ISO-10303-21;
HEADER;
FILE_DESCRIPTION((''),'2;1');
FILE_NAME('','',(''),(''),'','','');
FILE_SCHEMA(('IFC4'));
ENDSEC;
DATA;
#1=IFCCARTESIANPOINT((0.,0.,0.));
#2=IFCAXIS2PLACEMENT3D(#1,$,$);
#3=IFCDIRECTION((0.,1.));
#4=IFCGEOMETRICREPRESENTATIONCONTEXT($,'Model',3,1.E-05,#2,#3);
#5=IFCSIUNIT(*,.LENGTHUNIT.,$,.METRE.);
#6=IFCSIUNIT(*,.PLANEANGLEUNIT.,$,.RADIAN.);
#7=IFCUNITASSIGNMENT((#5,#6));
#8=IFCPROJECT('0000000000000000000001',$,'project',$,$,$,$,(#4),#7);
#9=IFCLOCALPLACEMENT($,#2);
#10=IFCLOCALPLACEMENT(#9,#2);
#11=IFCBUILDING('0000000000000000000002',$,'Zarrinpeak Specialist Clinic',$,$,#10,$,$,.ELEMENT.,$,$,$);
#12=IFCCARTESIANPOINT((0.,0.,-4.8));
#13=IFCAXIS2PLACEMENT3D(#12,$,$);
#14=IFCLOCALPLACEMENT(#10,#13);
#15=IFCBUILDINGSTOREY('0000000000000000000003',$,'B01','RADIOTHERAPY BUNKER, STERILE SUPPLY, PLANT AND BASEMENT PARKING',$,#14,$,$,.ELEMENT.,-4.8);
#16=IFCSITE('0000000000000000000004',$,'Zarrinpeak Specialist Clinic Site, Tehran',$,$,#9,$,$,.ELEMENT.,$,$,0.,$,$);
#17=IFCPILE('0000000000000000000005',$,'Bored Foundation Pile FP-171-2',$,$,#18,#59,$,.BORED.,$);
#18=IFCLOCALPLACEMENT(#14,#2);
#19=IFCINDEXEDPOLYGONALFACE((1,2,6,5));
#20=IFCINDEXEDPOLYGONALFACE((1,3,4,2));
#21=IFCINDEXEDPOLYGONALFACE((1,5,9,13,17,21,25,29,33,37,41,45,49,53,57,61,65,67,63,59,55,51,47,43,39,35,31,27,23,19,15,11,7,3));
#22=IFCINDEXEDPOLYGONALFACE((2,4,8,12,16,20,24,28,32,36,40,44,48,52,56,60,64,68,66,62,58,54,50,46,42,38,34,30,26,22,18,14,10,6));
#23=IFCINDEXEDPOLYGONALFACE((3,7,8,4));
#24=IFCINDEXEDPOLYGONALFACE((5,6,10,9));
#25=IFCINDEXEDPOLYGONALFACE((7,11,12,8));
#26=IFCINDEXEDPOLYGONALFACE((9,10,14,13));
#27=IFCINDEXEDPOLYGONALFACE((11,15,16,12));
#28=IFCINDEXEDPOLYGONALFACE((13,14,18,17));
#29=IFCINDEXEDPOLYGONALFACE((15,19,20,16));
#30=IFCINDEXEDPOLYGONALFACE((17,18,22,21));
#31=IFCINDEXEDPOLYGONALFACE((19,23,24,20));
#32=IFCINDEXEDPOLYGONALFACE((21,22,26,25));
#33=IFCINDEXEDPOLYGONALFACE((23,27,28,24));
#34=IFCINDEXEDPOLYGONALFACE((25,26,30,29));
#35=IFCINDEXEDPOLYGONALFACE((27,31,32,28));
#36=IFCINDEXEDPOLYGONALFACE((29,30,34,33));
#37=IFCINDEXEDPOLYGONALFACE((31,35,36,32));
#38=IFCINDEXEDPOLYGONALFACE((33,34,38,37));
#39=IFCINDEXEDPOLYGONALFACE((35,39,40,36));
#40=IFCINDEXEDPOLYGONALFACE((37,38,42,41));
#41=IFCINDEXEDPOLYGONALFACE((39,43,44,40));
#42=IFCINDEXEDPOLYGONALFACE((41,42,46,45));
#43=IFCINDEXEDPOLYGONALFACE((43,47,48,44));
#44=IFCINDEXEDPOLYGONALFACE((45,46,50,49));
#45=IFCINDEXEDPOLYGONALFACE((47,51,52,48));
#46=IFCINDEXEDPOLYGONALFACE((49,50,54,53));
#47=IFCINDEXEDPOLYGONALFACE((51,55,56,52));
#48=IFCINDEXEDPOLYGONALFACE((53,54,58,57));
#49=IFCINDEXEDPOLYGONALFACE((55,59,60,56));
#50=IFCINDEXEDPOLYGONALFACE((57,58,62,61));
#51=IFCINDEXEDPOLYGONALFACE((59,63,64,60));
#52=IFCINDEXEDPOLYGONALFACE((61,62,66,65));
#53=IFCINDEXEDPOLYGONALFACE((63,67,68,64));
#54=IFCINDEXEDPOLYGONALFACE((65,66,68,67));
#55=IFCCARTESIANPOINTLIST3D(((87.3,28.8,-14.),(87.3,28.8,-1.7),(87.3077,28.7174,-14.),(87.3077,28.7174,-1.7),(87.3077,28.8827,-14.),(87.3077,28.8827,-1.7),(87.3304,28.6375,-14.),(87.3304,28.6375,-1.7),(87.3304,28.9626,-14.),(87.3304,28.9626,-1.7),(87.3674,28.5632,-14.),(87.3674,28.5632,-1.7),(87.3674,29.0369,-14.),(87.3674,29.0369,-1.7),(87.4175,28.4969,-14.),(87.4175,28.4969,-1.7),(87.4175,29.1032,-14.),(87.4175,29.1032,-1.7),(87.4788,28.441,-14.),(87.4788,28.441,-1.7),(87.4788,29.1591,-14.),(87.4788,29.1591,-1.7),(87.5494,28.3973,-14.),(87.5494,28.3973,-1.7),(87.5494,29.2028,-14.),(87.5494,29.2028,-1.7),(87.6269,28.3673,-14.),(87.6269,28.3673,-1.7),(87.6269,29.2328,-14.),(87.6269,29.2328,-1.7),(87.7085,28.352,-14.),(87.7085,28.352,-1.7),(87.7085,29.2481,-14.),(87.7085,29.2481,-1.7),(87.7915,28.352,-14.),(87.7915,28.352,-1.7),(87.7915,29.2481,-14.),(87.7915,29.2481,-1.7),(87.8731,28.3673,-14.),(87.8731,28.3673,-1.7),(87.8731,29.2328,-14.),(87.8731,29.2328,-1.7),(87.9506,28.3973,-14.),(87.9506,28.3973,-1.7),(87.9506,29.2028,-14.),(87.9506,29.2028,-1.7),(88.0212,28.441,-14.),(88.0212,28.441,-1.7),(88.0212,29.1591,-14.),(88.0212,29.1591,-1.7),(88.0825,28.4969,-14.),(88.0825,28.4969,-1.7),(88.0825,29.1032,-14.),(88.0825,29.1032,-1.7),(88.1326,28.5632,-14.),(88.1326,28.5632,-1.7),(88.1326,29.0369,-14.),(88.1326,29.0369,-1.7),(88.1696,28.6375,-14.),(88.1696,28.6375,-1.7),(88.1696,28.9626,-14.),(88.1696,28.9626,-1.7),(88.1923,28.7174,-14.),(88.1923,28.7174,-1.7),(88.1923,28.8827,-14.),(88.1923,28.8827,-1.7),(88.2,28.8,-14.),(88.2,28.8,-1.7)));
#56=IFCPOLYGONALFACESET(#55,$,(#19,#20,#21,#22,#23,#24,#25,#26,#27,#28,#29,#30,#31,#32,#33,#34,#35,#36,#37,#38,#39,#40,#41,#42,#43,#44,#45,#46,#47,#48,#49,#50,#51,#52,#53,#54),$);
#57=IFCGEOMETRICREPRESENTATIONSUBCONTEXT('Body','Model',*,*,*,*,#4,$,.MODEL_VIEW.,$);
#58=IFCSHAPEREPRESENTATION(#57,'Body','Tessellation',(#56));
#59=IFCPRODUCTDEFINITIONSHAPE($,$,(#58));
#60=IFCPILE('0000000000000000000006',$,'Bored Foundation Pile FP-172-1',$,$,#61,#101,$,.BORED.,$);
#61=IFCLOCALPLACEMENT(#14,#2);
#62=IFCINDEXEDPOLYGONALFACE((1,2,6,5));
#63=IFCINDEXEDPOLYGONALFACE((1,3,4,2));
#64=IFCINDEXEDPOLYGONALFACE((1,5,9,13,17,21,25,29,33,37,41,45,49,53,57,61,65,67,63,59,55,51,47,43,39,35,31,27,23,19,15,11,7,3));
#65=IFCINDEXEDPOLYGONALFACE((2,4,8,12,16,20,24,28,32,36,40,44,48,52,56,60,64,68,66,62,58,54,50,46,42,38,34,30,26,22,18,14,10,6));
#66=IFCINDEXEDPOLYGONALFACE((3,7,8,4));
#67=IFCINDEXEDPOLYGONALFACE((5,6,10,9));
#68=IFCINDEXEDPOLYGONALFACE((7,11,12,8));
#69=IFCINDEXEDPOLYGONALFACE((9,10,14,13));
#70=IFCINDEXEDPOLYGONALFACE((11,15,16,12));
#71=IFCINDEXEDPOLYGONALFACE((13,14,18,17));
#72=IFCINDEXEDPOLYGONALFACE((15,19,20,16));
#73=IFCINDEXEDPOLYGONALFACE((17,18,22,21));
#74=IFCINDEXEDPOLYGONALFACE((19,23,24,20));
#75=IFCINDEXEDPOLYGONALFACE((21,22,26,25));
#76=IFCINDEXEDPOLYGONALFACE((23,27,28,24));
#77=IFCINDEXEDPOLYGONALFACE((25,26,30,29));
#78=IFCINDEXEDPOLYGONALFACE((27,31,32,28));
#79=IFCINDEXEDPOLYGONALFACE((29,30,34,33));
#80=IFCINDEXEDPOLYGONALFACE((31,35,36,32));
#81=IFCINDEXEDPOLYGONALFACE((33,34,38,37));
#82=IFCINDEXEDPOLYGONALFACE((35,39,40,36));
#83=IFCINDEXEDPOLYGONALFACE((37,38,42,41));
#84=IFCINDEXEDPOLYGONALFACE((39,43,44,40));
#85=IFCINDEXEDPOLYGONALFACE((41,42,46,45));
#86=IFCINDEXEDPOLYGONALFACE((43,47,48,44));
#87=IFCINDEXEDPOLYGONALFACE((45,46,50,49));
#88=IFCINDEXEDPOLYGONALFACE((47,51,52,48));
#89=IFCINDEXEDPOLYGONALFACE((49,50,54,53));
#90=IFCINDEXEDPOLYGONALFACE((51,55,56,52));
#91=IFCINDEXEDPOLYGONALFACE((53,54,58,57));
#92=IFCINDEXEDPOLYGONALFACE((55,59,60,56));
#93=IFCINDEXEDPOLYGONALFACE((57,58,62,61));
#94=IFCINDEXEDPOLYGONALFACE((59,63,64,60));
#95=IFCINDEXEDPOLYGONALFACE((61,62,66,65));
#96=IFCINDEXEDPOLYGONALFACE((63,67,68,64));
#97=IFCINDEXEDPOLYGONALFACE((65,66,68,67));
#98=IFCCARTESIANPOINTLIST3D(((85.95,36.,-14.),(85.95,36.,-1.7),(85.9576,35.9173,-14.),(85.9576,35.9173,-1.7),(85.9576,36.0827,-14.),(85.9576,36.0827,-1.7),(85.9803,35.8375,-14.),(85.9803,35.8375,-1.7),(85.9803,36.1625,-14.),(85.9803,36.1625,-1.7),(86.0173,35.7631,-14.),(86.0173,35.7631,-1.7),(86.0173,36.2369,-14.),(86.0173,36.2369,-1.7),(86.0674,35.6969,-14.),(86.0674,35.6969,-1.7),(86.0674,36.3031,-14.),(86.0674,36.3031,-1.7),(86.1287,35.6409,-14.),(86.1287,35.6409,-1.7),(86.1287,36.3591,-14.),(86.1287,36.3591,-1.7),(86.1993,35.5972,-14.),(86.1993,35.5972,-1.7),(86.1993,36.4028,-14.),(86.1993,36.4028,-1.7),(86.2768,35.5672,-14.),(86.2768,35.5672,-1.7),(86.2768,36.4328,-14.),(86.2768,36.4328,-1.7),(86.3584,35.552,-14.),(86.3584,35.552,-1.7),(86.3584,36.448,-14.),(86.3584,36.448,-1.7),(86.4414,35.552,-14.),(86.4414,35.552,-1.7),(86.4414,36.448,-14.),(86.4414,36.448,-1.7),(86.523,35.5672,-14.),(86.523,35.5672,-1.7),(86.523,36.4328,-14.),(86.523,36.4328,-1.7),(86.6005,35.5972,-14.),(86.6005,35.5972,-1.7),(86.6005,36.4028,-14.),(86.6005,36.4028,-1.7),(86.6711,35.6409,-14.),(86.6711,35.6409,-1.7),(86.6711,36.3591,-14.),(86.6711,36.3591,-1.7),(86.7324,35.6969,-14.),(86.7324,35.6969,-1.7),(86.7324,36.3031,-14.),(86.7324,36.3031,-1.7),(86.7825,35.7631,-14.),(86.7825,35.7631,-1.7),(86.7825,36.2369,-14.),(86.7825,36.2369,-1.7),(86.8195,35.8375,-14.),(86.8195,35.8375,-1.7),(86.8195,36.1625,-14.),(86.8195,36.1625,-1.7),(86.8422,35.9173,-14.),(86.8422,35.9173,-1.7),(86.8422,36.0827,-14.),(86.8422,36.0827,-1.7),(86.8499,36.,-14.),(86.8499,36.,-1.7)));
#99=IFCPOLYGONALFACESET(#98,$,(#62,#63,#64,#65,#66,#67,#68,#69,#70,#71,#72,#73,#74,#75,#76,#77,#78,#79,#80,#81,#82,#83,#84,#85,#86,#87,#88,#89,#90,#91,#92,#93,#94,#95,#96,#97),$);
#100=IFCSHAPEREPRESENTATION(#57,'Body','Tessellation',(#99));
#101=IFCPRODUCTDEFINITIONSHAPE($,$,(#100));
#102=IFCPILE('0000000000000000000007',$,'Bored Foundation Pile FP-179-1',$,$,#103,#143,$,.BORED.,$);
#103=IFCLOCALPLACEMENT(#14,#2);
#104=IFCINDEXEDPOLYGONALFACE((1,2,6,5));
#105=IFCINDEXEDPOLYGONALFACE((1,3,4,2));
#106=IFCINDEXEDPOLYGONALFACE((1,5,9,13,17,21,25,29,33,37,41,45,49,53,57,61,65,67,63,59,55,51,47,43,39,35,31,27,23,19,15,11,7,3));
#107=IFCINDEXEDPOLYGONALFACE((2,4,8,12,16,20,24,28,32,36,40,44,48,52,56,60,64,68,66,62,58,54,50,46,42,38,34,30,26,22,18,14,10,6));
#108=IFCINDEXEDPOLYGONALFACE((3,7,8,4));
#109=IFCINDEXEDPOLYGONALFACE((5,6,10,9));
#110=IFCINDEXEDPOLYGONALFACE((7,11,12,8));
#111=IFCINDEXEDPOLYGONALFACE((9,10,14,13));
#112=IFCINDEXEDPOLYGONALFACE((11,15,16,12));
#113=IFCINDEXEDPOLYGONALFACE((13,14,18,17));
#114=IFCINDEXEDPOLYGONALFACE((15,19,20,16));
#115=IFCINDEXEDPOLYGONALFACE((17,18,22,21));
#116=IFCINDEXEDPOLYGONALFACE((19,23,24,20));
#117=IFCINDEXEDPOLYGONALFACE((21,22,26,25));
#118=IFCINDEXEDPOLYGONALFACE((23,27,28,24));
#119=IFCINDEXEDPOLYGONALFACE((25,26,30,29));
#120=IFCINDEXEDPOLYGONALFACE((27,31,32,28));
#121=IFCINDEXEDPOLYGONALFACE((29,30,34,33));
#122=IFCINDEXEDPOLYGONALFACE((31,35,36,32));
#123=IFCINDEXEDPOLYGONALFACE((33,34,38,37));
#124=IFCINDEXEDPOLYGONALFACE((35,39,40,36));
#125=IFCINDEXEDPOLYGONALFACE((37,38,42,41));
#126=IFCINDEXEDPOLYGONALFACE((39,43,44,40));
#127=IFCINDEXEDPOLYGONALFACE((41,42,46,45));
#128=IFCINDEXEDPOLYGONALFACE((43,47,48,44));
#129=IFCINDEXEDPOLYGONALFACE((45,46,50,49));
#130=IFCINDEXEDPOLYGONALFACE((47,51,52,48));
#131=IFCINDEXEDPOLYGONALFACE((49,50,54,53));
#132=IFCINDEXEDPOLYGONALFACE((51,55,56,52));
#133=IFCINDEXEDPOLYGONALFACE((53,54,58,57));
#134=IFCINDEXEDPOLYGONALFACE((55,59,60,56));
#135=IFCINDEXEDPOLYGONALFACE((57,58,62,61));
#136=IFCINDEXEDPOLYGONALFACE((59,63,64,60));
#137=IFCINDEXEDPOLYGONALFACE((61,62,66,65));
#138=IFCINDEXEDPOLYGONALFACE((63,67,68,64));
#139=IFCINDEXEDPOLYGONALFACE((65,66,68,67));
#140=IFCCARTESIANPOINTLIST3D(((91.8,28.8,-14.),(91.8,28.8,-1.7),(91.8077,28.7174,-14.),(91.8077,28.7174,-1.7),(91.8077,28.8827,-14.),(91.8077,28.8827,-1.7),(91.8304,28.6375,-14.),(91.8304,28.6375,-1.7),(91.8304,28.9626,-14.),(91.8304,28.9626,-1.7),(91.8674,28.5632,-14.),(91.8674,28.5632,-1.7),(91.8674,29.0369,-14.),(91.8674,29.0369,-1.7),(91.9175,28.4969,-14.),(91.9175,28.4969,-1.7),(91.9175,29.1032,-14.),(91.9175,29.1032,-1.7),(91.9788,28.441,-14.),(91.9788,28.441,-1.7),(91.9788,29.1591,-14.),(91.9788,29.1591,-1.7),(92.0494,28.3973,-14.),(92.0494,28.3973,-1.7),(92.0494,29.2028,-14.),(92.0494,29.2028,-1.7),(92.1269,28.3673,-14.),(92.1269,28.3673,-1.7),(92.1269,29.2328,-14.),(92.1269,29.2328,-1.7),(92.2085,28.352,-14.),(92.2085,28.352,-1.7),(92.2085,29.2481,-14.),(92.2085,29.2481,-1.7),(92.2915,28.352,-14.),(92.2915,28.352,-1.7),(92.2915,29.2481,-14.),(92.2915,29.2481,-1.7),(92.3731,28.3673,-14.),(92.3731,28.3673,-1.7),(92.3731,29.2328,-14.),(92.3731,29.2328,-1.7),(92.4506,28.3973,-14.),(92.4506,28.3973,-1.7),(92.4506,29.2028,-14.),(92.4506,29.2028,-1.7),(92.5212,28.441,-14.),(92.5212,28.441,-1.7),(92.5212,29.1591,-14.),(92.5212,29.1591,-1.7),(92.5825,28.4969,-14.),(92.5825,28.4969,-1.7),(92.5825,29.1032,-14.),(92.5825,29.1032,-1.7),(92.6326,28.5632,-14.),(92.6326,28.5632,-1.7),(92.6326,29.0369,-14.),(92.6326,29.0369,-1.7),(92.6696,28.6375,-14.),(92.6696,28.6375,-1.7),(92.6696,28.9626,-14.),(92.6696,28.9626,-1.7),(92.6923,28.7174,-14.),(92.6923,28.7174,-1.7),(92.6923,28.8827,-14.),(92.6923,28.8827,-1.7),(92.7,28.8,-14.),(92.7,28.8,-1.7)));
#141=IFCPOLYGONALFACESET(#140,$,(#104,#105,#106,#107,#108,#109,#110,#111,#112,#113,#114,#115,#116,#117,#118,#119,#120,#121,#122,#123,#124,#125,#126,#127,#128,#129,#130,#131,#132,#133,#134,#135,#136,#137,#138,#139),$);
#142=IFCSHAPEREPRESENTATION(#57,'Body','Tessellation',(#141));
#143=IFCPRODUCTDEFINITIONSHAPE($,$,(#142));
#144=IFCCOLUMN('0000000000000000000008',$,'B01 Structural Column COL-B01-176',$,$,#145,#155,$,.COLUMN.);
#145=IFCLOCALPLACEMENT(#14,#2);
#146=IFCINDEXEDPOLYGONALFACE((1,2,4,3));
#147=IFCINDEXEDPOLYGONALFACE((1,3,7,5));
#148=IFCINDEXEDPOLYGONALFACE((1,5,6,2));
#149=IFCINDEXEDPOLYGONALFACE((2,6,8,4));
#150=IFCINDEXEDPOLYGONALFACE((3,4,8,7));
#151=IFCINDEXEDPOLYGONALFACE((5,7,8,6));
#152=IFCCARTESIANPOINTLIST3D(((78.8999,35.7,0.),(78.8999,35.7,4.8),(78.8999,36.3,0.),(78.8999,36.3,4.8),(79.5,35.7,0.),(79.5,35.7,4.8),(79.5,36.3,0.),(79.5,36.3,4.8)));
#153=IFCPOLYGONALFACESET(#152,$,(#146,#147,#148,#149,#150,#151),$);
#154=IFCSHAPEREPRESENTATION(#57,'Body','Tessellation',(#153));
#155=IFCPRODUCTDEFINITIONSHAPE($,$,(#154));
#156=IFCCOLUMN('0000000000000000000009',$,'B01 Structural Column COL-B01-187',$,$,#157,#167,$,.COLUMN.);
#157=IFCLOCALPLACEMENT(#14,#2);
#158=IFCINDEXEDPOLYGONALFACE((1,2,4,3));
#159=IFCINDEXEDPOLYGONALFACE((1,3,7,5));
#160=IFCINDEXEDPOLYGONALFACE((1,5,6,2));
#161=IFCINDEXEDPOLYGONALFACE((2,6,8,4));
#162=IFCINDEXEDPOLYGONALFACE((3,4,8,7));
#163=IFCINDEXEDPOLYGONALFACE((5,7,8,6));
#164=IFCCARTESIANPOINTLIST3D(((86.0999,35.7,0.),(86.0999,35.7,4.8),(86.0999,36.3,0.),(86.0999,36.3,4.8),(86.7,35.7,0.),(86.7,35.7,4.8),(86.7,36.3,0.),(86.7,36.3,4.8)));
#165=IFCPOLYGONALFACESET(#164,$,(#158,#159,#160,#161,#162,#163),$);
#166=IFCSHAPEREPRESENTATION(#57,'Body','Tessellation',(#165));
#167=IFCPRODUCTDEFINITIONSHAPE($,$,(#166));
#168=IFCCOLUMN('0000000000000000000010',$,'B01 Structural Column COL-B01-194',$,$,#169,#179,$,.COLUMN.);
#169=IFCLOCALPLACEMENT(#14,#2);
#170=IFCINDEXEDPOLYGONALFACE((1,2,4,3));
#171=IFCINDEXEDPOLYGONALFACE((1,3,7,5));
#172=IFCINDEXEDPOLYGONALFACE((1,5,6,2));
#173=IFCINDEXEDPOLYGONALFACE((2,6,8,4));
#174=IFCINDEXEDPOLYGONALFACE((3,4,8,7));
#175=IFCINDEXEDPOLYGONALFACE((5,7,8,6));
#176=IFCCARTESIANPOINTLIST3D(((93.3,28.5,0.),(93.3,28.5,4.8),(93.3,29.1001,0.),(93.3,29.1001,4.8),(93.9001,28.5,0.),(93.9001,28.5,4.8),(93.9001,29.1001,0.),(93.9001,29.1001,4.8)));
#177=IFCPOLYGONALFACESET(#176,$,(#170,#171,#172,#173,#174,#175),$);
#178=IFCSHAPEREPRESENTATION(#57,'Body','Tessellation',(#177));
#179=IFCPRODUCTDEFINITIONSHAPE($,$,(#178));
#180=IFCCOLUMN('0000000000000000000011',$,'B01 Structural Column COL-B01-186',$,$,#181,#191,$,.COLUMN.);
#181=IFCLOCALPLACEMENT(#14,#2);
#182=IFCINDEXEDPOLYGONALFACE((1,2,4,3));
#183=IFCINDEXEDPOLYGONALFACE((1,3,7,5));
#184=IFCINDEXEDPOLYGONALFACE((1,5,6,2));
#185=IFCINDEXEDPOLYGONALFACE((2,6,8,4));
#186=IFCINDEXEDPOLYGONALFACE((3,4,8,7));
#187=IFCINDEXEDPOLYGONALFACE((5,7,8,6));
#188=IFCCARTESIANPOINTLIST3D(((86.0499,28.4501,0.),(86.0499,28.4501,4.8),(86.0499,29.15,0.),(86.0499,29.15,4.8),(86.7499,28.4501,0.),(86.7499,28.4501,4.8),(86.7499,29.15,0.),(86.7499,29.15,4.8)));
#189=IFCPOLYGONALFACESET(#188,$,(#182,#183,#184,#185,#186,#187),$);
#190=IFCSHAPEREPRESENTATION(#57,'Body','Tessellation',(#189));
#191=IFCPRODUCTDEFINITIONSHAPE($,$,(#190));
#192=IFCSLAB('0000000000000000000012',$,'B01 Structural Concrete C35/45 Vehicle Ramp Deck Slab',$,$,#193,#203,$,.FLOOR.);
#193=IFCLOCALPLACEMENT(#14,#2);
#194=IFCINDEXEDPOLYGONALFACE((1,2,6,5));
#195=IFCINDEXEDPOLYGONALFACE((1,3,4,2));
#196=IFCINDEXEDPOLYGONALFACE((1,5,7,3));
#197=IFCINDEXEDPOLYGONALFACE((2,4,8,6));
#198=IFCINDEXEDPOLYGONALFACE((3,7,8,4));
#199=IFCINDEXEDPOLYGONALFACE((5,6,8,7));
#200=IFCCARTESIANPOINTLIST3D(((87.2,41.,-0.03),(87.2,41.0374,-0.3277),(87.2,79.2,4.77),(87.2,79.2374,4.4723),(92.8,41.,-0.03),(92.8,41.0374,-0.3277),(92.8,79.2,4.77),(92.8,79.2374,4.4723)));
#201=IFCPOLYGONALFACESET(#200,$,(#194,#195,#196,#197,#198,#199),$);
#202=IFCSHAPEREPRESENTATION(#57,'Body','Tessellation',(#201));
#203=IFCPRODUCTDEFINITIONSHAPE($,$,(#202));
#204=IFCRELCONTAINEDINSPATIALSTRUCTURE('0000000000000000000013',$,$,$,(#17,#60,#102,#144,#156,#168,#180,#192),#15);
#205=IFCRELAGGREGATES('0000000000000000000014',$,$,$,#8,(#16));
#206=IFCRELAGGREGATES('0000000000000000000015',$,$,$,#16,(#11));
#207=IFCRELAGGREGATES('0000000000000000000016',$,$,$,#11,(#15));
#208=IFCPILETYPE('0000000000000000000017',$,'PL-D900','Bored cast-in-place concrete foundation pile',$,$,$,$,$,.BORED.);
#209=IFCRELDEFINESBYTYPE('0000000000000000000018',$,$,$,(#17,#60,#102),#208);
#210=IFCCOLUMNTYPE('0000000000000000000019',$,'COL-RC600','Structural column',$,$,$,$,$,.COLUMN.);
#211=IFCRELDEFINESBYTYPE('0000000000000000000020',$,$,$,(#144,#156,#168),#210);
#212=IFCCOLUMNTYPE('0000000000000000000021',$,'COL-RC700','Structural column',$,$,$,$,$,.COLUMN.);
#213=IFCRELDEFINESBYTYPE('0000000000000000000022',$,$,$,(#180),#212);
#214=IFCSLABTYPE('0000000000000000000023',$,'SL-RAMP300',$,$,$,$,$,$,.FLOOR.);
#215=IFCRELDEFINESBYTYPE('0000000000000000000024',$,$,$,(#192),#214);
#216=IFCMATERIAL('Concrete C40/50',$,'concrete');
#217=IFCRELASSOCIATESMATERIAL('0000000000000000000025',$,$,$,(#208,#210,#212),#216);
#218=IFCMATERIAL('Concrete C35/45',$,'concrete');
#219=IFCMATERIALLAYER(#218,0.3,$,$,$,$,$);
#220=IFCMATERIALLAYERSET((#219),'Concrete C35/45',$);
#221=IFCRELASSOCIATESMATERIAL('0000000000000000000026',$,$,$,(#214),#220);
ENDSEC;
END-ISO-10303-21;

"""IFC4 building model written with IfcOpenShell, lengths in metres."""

from ifc_helpers import new_model, si_unit, direction, frame, origin, origin_2d, place, context, subcontext, project, spatial, polyline, rectangle, circle, outline, extrude, material, layer, layer_set, material_profile, profile_set, type_object, element, save


model = new_model("IFC4")

# Units and contexts
model_context = context("Model", 3, precision=1e-05, world=origin(), true_north=direction((0.0, 1.0)))
body_context = subcontext(model_context, "Body", "Model", "MODEL_VIEW")
ifc_project = project(units=[si_unit("LENGTHUNIT", "METRE"), si_unit("PLANEANGLEUNIT", "RADIAN")], contexts=[model_context])

# Site, building, storey
site_placement = place(None, origin())
site = spatial("IfcSite", under=ifc_project, at=site_placement, Name="Zarrinpeak Specialist Clinic Site, Tehran", CompositionType="ELEMENT", RefElevation=0.0)
building_placement = place(site_placement, origin())
building = spatial("IfcBuilding", under=site, at=building_placement, Name="Zarrinpeak Specialist Clinic", CompositionType="ELEMENT")
storey_placement = place(building_placement, frame((0.0, 0.0, -4.8)))
storey = spatial("IfcBuildingStorey", under=building, at=storey_placement, Name="B01", Description="RADIOTHERAPY BUNKER, STERILE SUPPLY, PLANT AND BASEMENT PARKING", CompositionType="ELEMENT", Elevation=-4.8)

# Shared definitions
ifc_material_1 = material(Name="Concrete C40/50", Category="concrete")

# Piles
ifc_material_profile_1 = material_profile(ifc_material_1, circle(Radius=0.45, at=origin_2d()), Name="BORED PILE D900")
ifc_profile_set_1 = profile_set([ifc_material_profile_1], Name="Concrete C40/50")
pile_type_1 = type_object("IfcPileType", Name="PL-D900", Description="Bored cast-in-place concrete foundation pile", PredefinedType="BORED", material=ifc_profile_set_1)
for number, where, z_axis, x_axis, name in (
    (1, (87.75, 28.8, -1.7), (0.0, 0.0, -1.0), (1.0, 0.0, 0.0), "Bored Foundation Pile FP-171-2"),
    (2, (86.3999, 36.0, -1.7), (0.0, 0.0, -1.0), (1.0, 0.0, 0.0), "Bored Foundation Pile FP-172-1"),
    (3, (92.25, 28.8, -1.7), (0.0, 0.0, -1.0), (1.0, 0.0, 0.0), "Bored Foundation Pile FP-179-1"),
):
    element("IfcPile", number, at=place(storey_placement, frame(where, z_axis=z_axis, x_axis=x_axis)), inside=storey, type_object=pile_type_1, Name=name, PredefinedType="BORED", context=body_context, shape_type="SweptSolid", body=[
        extrude(circle(Radius=0.45, at=origin_2d()), origin(), (0.0, 0.0, 1.0), 12.3),
    ])

# Columns
ifc_material_profile_2 = material_profile(ifc_material_1, rectangle(XDim=0.6001, YDim=0.6001, at=origin_2d()), Name="RC 600x600")
ifc_profile_set_2 = profile_set([ifc_material_profile_2], Name="Concrete C40/50")
column_type_1 = type_object("IfcColumnType", Name="COL-RC600", Description="Structural column", PredefinedType="COLUMN", material=ifc_profile_set_2)
for number, where, z_axis, x_axis, name in (
    (4, (79.2, 36.0, 0.0), (0.0, 0.0, 1.0), (1.0, 0.0, 0.0), "B01 Structural Column COL-B01-176"),
    (5, (86.3999, 36.0, 0.0), (0.0, 0.0, 1.0), (1.0, 0.0, 0.0), "B01 Structural Column COL-B01-187"),
    (6, (93.6001, 28.8, 0.0), (0.0, 0.0, 1.0), (1.0, 0.0, 0.0), "B01 Structural Column COL-B01-194"),
):
    element("IfcColumn", number, at=place(storey_placement, frame(where, z_axis=z_axis, x_axis=x_axis)), inside=storey, type_object=column_type_1, Name=name, PredefinedType="COLUMN", context=body_context, shape_type="SweptSolid", body=[
        extrude(rectangle(XDim=0.6001, YDim=0.6001, at=origin_2d()), origin(), (0.0, 0.0, 1.0), 4.8),
    ])
ifc_material_profile_3 = material_profile(ifc_material_1, rectangle(XDim=0.7, YDim=0.7, at=origin_2d()), Name="RC 700x700")
ifc_profile_set_3 = profile_set([ifc_material_profile_3], Name="Concrete C40/50")
column_type_2 = type_object("IfcColumnType", Name="COL-RC700", Description="Structural column", PredefinedType="COLUMN", material=ifc_profile_set_3)
column_placement = place(storey_placement, frame((86.3999, 28.8, 0.0), z_axis=(0.0, 0.0, 1.0), x_axis=(1.0, 0.0, 0.0)))
element("IfcColumn", 7, at=column_placement, inside=storey, type_object=column_type_2, Name="B01 Structural Column COL-B01-186", PredefinedType="COLUMN", context=body_context, shape_type="SweptSolid", body=[
    extrude(rectangle(XDim=0.7, YDim=0.7, at=origin_2d()), origin(), (0.0, 0.0, 1.0), 4.8),
])

# Slab
ifc_material_2 = material(Name="Concrete C35/45", Category="concrete")
ifc_layer_1 = layer(ifc_material_2, 0.3)
ifc_layer_set_1 = layer_set([ifc_layer_1], Name="Concrete C35/45")
slab_type = type_object("IfcSlabType", Name="SL-RAMP300", PredefinedType="FLOOR", material=ifc_layer_set_1)
slab_placement = place(storey_placement, frame((87.2, 41.0, -0.03), z_axis=(0.0, -0.124675, 0.992198), x_axis=(1.0, 0.0, 0.0)))
element("IfcSlab", 8, at=slab_placement, inside=storey, type_object=slab_type, Name="B01 Structural Concrete C35/45 Vehicle Ramp Deck Slab", PredefinedType="FLOOR", context=body_context, shape_type="SweptSolid", body=[
    extrude(outline(polyline([(0.0, 0.0), (5.6001, 0.0), (5.6001, 38.5003), (0.0, 38.5003), (0.0, 0.0)])), origin(), (0.0, 0.0, -1.0), 0.3),
])

save(model, "model.ifc")
